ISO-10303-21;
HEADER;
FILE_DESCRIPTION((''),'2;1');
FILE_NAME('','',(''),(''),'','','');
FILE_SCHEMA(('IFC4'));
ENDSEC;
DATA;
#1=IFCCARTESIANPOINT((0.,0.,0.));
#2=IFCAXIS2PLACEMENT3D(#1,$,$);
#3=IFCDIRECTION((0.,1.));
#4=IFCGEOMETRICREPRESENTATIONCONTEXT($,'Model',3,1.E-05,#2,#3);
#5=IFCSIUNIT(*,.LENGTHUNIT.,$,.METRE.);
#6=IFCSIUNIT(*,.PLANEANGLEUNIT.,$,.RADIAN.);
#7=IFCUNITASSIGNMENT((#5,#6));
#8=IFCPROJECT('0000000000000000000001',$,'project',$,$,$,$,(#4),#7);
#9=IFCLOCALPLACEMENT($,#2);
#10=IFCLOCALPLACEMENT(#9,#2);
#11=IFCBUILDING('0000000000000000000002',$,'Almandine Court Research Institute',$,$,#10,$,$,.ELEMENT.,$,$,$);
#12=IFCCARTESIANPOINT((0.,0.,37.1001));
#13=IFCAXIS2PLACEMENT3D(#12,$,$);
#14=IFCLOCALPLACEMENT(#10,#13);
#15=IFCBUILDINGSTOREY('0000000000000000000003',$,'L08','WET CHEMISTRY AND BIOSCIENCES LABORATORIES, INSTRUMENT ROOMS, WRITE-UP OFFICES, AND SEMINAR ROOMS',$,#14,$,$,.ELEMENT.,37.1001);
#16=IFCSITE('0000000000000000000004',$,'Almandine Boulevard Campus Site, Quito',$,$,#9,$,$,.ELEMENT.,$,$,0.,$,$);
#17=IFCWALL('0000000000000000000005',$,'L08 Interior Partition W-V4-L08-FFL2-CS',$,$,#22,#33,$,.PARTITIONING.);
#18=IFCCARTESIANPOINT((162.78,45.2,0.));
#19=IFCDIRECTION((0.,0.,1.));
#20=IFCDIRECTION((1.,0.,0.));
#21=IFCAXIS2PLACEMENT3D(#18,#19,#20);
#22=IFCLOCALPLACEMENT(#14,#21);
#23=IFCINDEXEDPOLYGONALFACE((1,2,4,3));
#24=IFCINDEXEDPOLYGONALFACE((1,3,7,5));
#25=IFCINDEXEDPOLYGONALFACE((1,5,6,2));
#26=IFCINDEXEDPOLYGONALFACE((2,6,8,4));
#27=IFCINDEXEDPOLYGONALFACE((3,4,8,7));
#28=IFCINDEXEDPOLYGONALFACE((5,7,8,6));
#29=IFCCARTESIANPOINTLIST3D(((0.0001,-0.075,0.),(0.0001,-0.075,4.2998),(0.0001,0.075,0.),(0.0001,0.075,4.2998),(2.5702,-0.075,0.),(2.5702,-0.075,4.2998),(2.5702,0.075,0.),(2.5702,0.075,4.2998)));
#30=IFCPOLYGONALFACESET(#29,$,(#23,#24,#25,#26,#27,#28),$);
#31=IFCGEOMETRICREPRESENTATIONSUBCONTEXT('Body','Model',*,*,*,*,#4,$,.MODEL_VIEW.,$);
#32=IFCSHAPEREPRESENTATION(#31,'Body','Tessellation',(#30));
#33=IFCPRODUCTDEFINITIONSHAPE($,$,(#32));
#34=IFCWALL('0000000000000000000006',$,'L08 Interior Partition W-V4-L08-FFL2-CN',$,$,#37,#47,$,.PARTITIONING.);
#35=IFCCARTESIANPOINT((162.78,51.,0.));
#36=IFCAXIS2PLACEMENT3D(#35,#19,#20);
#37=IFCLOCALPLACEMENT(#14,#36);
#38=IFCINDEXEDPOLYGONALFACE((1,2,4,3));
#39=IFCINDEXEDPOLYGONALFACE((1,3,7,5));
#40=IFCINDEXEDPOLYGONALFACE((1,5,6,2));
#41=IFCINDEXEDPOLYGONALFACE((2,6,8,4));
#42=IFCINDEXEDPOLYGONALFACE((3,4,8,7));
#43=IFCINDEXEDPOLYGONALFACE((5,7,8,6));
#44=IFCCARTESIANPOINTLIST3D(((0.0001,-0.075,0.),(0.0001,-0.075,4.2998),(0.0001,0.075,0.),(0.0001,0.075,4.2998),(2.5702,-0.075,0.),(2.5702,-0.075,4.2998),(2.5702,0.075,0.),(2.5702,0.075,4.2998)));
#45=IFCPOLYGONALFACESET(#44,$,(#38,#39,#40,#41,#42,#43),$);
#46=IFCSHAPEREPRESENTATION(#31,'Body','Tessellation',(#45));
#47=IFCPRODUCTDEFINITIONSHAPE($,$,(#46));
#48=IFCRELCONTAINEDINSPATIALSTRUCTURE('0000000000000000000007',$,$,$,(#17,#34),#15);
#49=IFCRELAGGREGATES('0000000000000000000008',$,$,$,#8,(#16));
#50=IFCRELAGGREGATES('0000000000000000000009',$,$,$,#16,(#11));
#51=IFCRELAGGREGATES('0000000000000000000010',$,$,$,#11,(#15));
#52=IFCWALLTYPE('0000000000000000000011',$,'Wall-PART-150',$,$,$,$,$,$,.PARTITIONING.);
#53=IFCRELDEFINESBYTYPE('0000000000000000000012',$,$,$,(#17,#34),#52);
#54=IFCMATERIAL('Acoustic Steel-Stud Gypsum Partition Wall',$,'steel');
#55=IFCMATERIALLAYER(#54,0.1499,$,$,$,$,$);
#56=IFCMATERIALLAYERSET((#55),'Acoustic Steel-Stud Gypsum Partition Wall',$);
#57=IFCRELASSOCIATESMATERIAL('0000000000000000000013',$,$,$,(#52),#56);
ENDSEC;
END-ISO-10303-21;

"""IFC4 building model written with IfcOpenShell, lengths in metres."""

from ifc_helpers import new_model, si_unit, direction, frame, frame_2d, origin, place, context, subcontext, project, spatial, rectangle, extrude, material, layer, layer_set, type_object, element, save


model = new_model("IFC4")

# Units and contexts
model_context = context("Model", 3, precision=1e-05, world=origin(), true_north=direction((0.0, 1.0)))
body_context = subcontext(model_context, "Body", "Model", "MODEL_VIEW")
ifc_project = project(units=[si_unit("LENGTHUNIT", "METRE"), si_unit("PLANEANGLEUNIT", "RADIAN")], contexts=[model_context])

# Site, building, storey
site_placement = place(None, origin())
site = spatial("IfcSite", under=ifc_project, at=site_placement, Name="Almandine Boulevard Campus Site, Quito", CompositionType="ELEMENT", RefElevation=0.0)
building_placement = place(site_placement, origin())
building = spatial("IfcBuilding", under=site, at=building_placement, Name="Almandine Court Research Institute", CompositionType="ELEMENT")
storey_placement = place(building_placement, frame((0.0, 0.0, 37.1001)))
storey = spatial("IfcBuildingStorey", under=building, at=storey_placement, Name="L08", Description="WET CHEMISTRY AND BIOSCIENCES LABORATORIES, INSTRUMENT ROOMS, WRITE-UP OFFICES, AND SEMINAR ROOMS", CompositionType="ELEMENT", Elevation=37.1001)

# Shared definitions
ifc_material_1 = material(Name="Acoustic Steel-Stud Gypsum Partition Wall", Category="steel")
ifc_layer_1 = layer(ifc_material_1, 0.1499)
ifc_layer_set_1 = layer_set([ifc_layer_1], Name="Acoustic Steel-Stud Gypsum Partition Wall")
wall_type_1 = type_object("IfcWallType", Name="Wall-PART-150", PredefinedType="PARTITIONING", material=ifc_layer_set_1)

# Walls
for number, where, z_axis, x_axis, name in (
    (1, (162.78, 45.2, 0.0), (0.0, 0.0, 1.0), (1.0, 0.0, 0.0), "L08 Interior Partition W-V4-L08-FFL2-CS"),
    (2, (162.78, 51.0, 0.0), (0.0, 0.0, 1.0), (1.0, 0.0, 0.0), "L08 Interior Partition W-V4-L08-FFL2-CN"),
):
    element("IfcWall", number, at=place(storey_placement, frame(where, z_axis=z_axis, x_axis=x_axis)), inside=storey, type_object=wall_type_1, Name=name, PredefinedType="PARTITIONING", context=body_context, shape_type="SweptSolid", body=[
        extrude(rectangle(XDim=2.5701, YDim=0.1499, at=frame_2d((1.2852, 0.0))), origin(), (0.0, 0.0, 1.0), 4.2998),
    ])

save(model, "model.ifc")
